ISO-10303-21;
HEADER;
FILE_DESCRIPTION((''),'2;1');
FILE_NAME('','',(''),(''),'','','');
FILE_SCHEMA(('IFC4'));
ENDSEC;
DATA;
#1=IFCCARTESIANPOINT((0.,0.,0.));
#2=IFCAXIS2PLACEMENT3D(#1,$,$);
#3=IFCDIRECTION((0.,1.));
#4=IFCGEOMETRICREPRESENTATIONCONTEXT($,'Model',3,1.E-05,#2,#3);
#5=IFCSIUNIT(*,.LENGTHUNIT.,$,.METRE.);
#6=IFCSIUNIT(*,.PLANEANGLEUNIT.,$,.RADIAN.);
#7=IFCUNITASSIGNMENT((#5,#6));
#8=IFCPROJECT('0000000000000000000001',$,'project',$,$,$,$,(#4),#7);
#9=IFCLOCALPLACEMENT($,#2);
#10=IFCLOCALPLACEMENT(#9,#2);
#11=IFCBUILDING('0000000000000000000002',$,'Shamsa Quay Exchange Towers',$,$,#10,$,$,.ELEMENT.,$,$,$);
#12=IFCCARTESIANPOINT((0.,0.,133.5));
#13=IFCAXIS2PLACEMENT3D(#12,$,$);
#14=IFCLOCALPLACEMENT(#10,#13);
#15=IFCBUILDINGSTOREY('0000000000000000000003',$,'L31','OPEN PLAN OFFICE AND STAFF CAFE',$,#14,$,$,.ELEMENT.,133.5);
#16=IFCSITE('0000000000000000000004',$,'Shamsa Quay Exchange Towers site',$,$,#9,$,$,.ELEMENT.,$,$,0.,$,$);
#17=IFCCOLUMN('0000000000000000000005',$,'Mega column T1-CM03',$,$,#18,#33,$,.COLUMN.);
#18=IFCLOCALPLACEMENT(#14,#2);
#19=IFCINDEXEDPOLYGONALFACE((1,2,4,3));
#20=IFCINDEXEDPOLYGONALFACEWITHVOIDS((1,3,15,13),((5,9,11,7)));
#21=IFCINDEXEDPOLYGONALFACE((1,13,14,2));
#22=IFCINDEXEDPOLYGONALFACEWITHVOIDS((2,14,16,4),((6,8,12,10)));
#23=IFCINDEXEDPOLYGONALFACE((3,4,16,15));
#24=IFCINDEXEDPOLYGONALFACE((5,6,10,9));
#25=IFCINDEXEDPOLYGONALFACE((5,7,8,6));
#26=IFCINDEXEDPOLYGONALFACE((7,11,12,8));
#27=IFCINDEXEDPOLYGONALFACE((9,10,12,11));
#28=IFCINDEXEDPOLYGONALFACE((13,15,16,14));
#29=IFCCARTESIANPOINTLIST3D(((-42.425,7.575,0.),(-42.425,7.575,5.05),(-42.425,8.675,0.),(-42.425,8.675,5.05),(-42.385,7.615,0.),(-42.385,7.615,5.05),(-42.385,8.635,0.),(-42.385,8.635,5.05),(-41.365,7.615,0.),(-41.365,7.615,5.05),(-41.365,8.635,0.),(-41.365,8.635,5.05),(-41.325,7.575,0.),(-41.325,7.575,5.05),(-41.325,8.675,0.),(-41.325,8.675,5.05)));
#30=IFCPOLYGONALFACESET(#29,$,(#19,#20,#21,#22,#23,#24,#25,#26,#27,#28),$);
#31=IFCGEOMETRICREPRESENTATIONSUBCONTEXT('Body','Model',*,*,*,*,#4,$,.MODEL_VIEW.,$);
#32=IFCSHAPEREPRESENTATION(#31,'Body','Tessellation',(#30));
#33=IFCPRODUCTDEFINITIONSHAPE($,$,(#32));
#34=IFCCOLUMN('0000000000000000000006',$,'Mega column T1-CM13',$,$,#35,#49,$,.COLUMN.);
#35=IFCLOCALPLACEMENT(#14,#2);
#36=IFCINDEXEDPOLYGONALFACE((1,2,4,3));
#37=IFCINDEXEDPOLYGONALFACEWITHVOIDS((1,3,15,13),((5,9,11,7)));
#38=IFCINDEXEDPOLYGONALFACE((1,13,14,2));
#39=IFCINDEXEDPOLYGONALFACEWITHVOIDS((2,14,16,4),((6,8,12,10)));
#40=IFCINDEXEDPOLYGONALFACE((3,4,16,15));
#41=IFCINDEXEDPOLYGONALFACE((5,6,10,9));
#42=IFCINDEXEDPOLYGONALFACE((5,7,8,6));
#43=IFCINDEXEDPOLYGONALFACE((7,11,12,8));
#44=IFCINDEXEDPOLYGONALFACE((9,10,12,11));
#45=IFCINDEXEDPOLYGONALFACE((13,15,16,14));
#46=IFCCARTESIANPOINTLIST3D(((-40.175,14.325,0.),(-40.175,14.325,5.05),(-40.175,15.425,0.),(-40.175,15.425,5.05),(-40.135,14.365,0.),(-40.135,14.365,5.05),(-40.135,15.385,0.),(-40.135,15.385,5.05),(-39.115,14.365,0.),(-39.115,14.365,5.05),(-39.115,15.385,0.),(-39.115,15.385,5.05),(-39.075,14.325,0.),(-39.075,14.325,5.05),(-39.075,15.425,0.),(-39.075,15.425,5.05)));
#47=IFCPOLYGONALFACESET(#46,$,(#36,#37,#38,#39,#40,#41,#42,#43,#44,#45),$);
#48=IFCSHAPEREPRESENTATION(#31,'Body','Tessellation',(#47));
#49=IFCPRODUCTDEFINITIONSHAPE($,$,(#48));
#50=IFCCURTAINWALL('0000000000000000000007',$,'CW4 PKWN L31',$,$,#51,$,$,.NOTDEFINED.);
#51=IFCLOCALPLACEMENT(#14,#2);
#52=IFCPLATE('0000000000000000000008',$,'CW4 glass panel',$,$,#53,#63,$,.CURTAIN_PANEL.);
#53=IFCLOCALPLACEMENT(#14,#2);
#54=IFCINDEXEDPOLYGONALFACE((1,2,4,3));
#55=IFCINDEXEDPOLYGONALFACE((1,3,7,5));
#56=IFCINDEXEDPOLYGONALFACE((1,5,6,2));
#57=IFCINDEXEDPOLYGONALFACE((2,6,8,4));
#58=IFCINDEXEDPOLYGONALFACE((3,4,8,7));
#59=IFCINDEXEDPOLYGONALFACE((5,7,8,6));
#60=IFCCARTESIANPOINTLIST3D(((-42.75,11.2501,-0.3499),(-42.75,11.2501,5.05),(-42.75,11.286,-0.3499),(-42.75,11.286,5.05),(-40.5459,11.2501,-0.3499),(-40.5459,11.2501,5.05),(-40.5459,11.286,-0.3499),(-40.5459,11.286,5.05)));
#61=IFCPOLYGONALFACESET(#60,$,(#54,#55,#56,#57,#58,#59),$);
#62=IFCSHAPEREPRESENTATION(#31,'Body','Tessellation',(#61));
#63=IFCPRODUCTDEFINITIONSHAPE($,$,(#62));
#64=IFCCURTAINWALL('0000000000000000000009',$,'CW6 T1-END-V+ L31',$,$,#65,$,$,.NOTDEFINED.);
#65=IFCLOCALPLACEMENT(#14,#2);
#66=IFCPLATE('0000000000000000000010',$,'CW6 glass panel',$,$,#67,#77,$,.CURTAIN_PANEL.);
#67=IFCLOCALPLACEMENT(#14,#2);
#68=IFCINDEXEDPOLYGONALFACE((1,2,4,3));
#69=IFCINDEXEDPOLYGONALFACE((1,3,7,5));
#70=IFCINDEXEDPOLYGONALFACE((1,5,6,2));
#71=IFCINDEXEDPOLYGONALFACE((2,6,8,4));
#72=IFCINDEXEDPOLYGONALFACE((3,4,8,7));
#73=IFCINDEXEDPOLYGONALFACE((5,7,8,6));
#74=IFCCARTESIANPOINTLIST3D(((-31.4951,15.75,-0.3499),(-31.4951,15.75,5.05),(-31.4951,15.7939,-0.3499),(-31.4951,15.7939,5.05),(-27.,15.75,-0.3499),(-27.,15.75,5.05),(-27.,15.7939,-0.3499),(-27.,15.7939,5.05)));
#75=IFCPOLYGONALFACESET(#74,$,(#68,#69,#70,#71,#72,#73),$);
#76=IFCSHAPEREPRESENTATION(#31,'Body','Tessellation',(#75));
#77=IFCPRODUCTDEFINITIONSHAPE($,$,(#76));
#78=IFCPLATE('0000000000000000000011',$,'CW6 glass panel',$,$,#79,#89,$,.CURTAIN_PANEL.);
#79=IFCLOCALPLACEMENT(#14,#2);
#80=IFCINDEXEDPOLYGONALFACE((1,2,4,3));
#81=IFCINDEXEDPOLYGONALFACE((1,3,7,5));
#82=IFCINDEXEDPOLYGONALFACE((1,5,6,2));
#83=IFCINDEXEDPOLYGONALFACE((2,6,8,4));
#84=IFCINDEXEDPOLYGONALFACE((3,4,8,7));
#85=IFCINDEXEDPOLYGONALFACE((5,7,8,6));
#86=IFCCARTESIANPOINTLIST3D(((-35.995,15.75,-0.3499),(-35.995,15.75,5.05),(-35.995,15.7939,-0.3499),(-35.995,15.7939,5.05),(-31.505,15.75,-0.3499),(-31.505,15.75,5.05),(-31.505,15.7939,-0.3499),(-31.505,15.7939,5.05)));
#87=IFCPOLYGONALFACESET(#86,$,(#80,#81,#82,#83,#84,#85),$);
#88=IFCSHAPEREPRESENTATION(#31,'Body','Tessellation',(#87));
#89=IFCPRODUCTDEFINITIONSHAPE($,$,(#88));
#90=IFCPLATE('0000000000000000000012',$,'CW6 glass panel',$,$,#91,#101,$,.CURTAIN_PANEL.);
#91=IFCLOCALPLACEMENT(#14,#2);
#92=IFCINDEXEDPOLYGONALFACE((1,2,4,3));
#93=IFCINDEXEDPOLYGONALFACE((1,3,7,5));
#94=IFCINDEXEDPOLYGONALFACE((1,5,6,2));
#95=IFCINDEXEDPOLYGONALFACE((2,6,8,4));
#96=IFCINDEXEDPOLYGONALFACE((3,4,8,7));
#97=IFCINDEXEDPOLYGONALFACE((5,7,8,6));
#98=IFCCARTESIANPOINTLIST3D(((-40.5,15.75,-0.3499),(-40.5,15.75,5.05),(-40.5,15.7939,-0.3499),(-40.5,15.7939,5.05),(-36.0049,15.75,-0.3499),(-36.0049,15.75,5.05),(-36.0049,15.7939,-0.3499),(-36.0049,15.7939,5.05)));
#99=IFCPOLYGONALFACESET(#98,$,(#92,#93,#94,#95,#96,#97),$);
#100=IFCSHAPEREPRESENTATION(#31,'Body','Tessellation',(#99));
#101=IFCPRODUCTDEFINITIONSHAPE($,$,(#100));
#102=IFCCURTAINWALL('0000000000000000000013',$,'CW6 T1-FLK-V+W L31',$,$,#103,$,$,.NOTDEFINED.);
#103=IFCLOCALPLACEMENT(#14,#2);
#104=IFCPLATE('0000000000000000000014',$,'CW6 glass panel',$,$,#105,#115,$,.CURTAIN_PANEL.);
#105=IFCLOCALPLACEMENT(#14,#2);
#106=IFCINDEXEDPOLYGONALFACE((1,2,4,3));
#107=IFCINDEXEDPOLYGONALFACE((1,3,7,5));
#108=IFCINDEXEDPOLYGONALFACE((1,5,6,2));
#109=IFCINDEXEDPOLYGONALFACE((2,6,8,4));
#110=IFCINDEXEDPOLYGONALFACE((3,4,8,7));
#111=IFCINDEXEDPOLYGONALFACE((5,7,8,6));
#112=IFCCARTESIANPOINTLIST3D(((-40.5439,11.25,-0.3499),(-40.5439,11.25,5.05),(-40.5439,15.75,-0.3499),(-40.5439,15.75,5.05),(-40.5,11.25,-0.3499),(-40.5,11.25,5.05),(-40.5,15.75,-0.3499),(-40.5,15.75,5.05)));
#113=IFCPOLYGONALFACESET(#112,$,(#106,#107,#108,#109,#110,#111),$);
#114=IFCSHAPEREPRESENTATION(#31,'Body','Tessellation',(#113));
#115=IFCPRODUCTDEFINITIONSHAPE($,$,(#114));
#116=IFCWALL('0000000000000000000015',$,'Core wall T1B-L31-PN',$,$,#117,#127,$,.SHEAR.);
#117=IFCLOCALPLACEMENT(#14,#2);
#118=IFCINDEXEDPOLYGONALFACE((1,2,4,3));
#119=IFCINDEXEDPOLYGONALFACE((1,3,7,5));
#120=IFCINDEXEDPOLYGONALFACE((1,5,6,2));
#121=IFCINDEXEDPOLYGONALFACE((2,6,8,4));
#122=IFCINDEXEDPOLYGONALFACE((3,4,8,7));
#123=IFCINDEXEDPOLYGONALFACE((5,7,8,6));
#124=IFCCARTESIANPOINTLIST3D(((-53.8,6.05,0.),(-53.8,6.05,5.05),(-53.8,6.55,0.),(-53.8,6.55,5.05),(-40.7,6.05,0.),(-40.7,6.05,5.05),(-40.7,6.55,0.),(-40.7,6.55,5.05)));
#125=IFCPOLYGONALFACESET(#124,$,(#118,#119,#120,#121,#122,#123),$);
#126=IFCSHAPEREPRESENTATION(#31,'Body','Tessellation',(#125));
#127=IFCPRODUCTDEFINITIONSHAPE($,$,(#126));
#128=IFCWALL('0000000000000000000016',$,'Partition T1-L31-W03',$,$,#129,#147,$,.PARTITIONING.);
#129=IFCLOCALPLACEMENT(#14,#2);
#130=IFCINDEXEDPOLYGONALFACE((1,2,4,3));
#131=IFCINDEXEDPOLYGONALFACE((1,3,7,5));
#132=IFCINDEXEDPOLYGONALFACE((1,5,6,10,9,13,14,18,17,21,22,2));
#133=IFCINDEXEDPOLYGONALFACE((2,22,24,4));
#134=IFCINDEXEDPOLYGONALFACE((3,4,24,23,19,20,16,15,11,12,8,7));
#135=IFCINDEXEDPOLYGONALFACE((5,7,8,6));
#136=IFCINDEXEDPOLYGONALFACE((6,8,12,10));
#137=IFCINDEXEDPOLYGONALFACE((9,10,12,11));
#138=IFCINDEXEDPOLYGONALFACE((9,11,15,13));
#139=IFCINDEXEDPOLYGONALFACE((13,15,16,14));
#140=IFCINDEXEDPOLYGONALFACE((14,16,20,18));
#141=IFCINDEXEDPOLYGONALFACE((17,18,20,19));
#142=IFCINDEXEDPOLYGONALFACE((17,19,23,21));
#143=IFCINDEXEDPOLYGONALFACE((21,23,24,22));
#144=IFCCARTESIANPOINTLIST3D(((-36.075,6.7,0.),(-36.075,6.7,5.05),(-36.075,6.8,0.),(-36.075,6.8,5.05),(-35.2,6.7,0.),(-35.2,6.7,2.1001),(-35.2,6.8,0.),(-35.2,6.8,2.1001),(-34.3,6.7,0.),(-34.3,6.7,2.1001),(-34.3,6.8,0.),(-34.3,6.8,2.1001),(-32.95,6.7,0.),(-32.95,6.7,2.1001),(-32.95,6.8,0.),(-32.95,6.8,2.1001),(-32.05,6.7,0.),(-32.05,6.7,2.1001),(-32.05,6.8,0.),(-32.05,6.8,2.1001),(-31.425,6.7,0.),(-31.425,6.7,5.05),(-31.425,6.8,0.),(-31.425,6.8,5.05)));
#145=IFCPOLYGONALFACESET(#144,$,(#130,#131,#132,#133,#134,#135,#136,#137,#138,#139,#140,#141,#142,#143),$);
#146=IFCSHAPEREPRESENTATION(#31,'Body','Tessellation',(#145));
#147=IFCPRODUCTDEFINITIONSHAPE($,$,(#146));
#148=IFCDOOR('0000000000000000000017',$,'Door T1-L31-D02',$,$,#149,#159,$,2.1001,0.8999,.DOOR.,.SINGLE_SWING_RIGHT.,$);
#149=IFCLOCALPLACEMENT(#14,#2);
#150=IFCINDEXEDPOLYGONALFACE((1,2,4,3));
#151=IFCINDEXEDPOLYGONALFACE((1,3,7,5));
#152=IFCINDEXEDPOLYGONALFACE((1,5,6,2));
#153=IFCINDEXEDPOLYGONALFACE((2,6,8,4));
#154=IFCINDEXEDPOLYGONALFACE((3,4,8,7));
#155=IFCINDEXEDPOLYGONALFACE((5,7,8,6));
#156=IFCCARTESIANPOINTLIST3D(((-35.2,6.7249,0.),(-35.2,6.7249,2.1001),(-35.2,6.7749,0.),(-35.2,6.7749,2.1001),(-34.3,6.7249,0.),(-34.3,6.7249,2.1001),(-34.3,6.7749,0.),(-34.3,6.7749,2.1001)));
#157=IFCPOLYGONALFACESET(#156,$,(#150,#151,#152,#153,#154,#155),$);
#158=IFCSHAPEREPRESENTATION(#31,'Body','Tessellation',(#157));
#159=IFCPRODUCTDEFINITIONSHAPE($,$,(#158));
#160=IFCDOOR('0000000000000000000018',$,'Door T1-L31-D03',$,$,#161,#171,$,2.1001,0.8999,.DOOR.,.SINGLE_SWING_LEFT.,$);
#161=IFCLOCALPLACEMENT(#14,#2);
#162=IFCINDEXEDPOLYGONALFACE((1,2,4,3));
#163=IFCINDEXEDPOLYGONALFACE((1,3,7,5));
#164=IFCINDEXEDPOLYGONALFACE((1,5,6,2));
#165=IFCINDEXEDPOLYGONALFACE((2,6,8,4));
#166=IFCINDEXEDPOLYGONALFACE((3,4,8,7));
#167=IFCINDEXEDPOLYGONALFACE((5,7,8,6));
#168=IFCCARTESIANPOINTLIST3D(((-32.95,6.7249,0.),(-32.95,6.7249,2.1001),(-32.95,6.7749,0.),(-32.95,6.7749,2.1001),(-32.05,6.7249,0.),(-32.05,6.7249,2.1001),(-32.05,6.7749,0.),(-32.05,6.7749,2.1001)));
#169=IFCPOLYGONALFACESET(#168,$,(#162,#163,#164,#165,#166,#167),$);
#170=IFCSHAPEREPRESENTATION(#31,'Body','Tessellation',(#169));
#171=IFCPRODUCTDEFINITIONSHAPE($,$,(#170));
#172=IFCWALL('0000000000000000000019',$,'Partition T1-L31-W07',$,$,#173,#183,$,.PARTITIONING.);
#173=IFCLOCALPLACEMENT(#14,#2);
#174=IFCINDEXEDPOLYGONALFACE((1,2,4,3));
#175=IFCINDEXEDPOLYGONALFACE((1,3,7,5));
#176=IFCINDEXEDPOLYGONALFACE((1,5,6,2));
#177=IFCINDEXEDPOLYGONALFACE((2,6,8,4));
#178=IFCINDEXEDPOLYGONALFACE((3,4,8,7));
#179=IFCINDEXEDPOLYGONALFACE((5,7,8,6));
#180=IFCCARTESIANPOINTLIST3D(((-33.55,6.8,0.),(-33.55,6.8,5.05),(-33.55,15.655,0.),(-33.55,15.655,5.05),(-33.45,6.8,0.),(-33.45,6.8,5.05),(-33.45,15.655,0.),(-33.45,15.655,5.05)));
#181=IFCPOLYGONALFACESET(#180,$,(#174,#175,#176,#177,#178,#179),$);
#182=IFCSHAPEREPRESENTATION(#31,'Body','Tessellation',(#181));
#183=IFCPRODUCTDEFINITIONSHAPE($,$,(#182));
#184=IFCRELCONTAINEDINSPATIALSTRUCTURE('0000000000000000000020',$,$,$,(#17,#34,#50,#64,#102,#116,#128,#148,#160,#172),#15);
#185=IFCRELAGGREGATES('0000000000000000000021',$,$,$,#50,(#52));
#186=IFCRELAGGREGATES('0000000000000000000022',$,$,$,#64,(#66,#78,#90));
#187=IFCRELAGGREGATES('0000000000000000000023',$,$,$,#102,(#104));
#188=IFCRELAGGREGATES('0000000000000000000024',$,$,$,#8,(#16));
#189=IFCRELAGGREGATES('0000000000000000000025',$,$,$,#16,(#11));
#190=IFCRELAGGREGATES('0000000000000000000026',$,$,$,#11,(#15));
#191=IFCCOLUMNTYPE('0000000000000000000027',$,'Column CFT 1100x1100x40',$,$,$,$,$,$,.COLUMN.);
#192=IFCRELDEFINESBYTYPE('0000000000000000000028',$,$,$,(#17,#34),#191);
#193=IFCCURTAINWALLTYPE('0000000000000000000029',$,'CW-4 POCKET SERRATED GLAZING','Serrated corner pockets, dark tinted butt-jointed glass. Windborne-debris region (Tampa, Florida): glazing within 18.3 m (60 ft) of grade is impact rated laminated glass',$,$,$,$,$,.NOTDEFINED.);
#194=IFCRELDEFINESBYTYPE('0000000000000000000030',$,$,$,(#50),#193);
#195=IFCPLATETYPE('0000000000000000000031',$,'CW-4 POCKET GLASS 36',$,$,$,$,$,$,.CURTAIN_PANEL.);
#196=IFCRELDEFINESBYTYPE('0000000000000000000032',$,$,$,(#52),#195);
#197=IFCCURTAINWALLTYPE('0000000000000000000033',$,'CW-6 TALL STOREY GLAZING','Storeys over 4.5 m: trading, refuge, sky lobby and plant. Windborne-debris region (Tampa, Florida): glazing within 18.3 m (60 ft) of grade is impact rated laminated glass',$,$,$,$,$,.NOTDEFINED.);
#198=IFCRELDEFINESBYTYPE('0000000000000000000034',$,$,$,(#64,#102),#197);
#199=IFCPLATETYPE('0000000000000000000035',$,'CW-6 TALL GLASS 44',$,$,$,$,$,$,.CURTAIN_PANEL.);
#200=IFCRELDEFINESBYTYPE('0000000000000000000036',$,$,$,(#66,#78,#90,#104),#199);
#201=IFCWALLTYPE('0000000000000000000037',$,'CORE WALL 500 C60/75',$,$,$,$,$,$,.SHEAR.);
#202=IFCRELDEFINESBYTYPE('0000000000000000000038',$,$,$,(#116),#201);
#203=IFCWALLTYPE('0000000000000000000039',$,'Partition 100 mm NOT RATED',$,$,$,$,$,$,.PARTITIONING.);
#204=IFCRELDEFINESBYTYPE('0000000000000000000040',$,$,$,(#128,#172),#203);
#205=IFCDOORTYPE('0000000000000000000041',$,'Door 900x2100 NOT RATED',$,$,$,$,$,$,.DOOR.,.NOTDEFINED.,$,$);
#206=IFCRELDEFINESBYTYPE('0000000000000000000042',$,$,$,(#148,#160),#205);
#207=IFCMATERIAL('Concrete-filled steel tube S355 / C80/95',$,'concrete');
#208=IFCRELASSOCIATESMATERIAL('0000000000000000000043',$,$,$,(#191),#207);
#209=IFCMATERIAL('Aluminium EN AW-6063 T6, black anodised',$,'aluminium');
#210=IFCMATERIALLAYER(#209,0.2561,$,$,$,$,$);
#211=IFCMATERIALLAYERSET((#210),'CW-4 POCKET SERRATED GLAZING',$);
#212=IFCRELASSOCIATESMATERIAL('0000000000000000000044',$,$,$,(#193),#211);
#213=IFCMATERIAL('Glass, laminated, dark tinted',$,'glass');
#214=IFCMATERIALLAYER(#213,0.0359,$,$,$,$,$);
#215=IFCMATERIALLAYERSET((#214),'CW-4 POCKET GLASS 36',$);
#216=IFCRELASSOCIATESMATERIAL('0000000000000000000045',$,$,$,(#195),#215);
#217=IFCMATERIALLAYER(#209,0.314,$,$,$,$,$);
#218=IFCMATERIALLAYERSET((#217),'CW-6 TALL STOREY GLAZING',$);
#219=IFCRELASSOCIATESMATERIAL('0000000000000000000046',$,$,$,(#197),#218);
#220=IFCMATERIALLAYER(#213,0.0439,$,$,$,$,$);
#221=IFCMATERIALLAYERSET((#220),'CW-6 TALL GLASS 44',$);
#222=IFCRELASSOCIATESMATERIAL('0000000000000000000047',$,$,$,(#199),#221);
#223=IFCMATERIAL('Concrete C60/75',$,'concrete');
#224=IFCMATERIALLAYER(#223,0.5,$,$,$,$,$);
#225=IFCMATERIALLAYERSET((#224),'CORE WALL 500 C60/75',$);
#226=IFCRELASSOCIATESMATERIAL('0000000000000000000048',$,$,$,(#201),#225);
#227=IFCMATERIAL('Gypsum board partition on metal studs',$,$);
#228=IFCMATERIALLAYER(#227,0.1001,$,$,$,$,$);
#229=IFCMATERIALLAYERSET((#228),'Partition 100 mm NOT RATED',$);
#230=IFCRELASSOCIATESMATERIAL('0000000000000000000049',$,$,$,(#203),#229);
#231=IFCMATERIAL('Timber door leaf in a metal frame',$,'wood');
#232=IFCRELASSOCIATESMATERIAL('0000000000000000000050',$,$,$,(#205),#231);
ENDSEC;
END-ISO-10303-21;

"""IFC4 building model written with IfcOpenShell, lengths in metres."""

from ifc_helpers import new_model, si_unit, direction, frame, frame_2d, origin, origin_2d, place, context, subcontext, project, spatial, rectangle, hollow_rectangle, extrude, material, layer, layer_set, material_profile, profile_set, type_object, element, fill, aggregate, save


model = new_model("IFC4")

# Units and contexts
model_context = context("Model", 3, precision=1e-05, world=origin(), true_north=direction((0.0, 1.0)))
body_context = subcontext(model_context, "Body", "Model", "MODEL_VIEW")
ifc_project = project(units=[si_unit("LENGTHUNIT", "METRE"), si_unit("PLANEANGLEUNIT", "RADIAN")], contexts=[model_context])

# Site, building, storey
site_placement = place(None, origin())
site = spatial("IfcSite", under=ifc_project, at=site_placement, Name="Shamsa Quay Exchange Towers site", CompositionType="ELEMENT", RefElevation=0.0)
building_placement = place(site_placement, origin())
building = spatial("IfcBuilding", under=site, at=building_placement, Name="Shamsa Quay Exchange Towers", CompositionType="ELEMENT")
storey_placement = place(building_placement, frame((0.0, 0.0, 133.5)))
storey = spatial("IfcBuildingStorey", under=building, at=storey_placement, Name="L31", Description="OPEN PLAN OFFICE AND STAFF CAFE", CompositionType="ELEMENT", Elevation=133.5)

# Columns
ifc_material_1 = material(Name="Concrete-filled steel tube S355 / C80/95", Category="concrete")
ifc_material_profile = material_profile(ifc_material_1, hollow_rectangle(XDim=1.1001, YDim=1.1001, WallThickness=0.04, at=origin_2d()), Name="CFT 1100x1100x40")
ifc_profile_set = profile_set([ifc_material_profile], Name="Concrete-filled steel tube S355 / C80/95")
column_type = type_object("IfcColumnType", Name="Column CFT 1100x1100x40", PredefinedType="COLUMN", material=ifc_profile_set)
for number, where, name in (
    (1, (-41.875, 8.125, 0.0), "Mega column T1-CM03"),
    (2, (-39.625, 14.875, 0.0), "Mega column T1-CM13"),
):
    element("IfcColumn", number, at=place(storey_placement, frame(where)), inside=storey, type_object=column_type, Name=name, PredefinedType="COLUMN", context=body_context, shape_type="SweptSolid", body=[
        extrude(hollow_rectangle(XDim=1.1001, YDim=1.1001, WallThickness=0.04, at=origin_2d()), origin(), (0.0, 0.0, 1.0), 5.05),
    ])

# Curtain wall, plate
ifc_material_2 = material(Name="Aluminium EN AW-6063 T6, black anodised", Category="aluminium")
ifc_layer_1 = layer(ifc_material_2, 0.2561)
ifc_layer_set_1 = layer_set([ifc_layer_1], Name="CW-4 POCKET SERRATED GLAZING")
curtain_wall_type_1 = type_object("IfcCurtainWallType", Name="CW-4 POCKET SERRATED GLAZING", Description="Serrated corner pockets, dark tinted butt-jointed glass. Windborne-debris region (Tampa, Florida): glazing within 18.3 m (60 ft) of grade is impact rated laminated glass", PredefinedType="NOTDEFINED", material=ifc_layer_set_1)
curtain_wall_1_placement = place(storey_placement, origin())
curtain_wall_1 = element("IfcCurtainWall", 3, at=curtain_wall_1_placement, inside=storey, type_object=curtain_wall_type_1, Name="CW4 PKWN L31", PredefinedType="NOTDEFINED")
ifc_material_3 = material(Name="Glass, laminated, dark tinted", Category="glass")
ifc_layer_2 = layer(ifc_material_3, 0.0359)
ifc_layer_set_2 = layer_set([ifc_layer_2], Name="CW-4 POCKET GLASS 36")
plate_type_1 = type_object("IfcPlateType", Name="CW-4 POCKET GLASS 36", PredefinedType="CURTAIN_PANEL", material=ifc_layer_set_2)
plate_1_placement = place(storey_placement, frame((-41.6479, 11.2681, -0.3499), z_axis=(0.0, 0.0, 1.0), x_axis=(-1.0, 0.0, 0.0)))
plate_1 = element("IfcPlate", 4, at=plate_1_placement, type_object=plate_type_1, Name="CW4 glass panel", PredefinedType="CURTAIN_PANEL", context=body_context, shape_type="SweptSolid", body=[
    extrude(rectangle(XDim=2.2041, YDim=0.0359, at=origin_2d()), origin(), (0.0, 0.0, 1.0), 5.3999),
])
aggregate(curtain_wall_1, [plate_1])

# Curtain wall, plates
ifc_layer_3 = layer(ifc_material_2, 0.314)
ifc_layer_set_3 = layer_set([ifc_layer_3], Name="CW-6 TALL STOREY GLAZING")
curtain_wall_type_2 = type_object("IfcCurtainWallType", Name="CW-6 TALL STOREY GLAZING", Description="Storeys over 4.5 m: trading, refuge, sky lobby and plant. Windborne-debris region (Tampa, Florida): glazing within 18.3 m (60 ft) of grade is impact rated laminated glass", PredefinedType="NOTDEFINED", material=ifc_layer_set_3)
curtain_wall_2_placement = place(storey_placement, origin())
curtain_wall_2 = element("IfcCurtainWall", 5, at=curtain_wall_2_placement, inside=storey, type_object=curtain_wall_type_2, Name="CW6 T1-END-V+ L31", PredefinedType="NOTDEFINED")
ifc_layer_4 = layer(ifc_material_3, 0.0439)
ifc_layer_set_4 = layer_set([ifc_layer_4], Name="CW-6 TALL GLASS 44")
plate_type_2 = type_object("IfcPlateType", Name="CW-6 TALL GLASS 44", PredefinedType="CURTAIN_PANEL", material=ifc_layer_set_4)
plate_2_placement = place(storey_placement, frame((-29.2476, 15.772, -0.3499), z_axis=(0.0, 0.0, 1.0), x_axis=(-1.0, 0.0, 0.0)))
plate_2 = element("IfcPlate", 6, at=plate_2_placement, type_object=plate_type_2, Name="CW6 glass panel", PredefinedType="CURTAIN_PANEL", context=body_context, shape_type="SweptSolid", body=[
    extrude(rectangle(XDim=4.4951, YDim=0.0439, at=origin_2d()), origin(), (0.0, 0.0, 1.0), 5.3999),
])
plate_3_placement = place(storey_placement, frame((-33.75, 15.772, -0.3499), z_axis=(0.0, 0.0, 1.0), x_axis=(-1.0, 0.0, 0.0)))
plate_3 = element("IfcPlate", 7, at=plate_3_placement, type_object=plate_type_2, Name="CW6 glass panel", PredefinedType="CURTAIN_PANEL", context=body_context, shape_type="SweptSolid", body=[
    extrude(rectangle(XDim=4.49, YDim=0.0439, at=origin_2d()), origin(), (0.0, 0.0, 1.0), 5.3999),
])
plate_4_placement = place(storey_placement, frame((-38.2524, 15.772, -0.3499), z_axis=(0.0, 0.0, 1.0), x_axis=(-1.0, 0.0, 0.0)))
plate_4 = element("IfcPlate", 8, at=plate_4_placement, type_object=plate_type_2, Name="CW6 glass panel", PredefinedType="CURTAIN_PANEL", context=body_context, shape_type="SweptSolid", body=[
    extrude(rectangle(XDim=4.4951, YDim=0.0439, at=origin_2d()), origin(), (0.0, 0.0, 1.0), 5.3999),
])
aggregate(curtain_wall_2, [plate_2, plate_3, plate_4])

# Curtain wall, plate
curtain_wall_3_placement = place(storey_placement, origin())
curtain_wall_3 = element("IfcCurtainWall", 9, at=curtain_wall_3_placement, inside=storey, type_object=curtain_wall_type_2, Name="CW6 T1-FLK-V+W L31", PredefinedType="NOTDEFINED")
plate_5_placement = place(storey_placement, frame((-40.522, 13.5, -0.3499), z_axis=(0.0, 0.0, 1.0), x_axis=(0.0, -1.0, 0.0)))
plate_5 = element("IfcPlate", 10, at=plate_5_placement, type_object=plate_type_2, Name="CW6 glass panel", PredefinedType="CURTAIN_PANEL", context=body_context, shape_type="SweptSolid", body=[
    extrude(rectangle(XDim=4.5, YDim=0.0439, at=origin_2d()), origin(), (0.0, 0.0, 1.0), 5.3999),
])
aggregate(curtain_wall_3, [plate_5])

# Wall
ifc_material_4 = material(Name="Concrete C60/75", Category="concrete")
ifc_layer_5 = layer(ifc_material_4, 0.5)
ifc_layer_set_5 = layer_set([ifc_layer_5], Name="CORE WALL 500 C60/75")
wall_type_1 = type_object("IfcWallType", Name="CORE WALL 500 C60/75", PredefinedType="SHEAR", material=ifc_layer_set_5)
wall_1_placement = place(storey_placement, frame((-40.7, 6.3, 0.0), z_axis=(0.0, 0.0, 1.0), x_axis=(-1.0, 0.0, 0.0)))
element("IfcWall", 11, at=wall_1_placement, inside=storey, type_object=wall_type_1, Name="Core wall T1B-L31-PN", PredefinedType="SHEAR", context=body_context, shape_type="SweptSolid", body=[
    extrude(rectangle(XDim=13.1001, YDim=0.5, at=frame_2d((6.55, 0.0))), origin(), (0.0, 0.0, 1.0), 5.05),
])

# Wall, openings, doors
ifc_material_5 = material(Name="Gypsum board partition on metal studs")
ifc_layer_6 = layer(ifc_material_5, 0.1001)
ifc_layer_set_6 = layer_set([ifc_layer_6], Name="Partition 100 mm NOT RATED")
wall_type_2 = type_object("IfcWallType", Name="Partition 100 mm NOT RATED", PredefinedType="PARTITIONING", material=ifc_layer_set_6)
wall_2_placement = place(storey_placement, frame((-36.075, 6.75, 0.0)))
wall_2 = element("IfcWall", 12, at=wall_2_placement, inside=storey, type_object=wall_type_2, Name="Partition T1-L31-W03", PredefinedType="PARTITIONING", context=body_context, shape_type="SweptSolid", body=[
    extrude(rectangle(XDim=4.6499, YDim=0.1001, at=frame_2d((2.325, 0.0))), origin(), (0.0, 0.0, 1.0), 5.05),
])
opening_1_placement = place(wall_2_placement, frame((0.875, 0.0, 0.0)))
opening_1 = element("IfcOpeningElement", 13, at=opening_1_placement, cuts=wall_2, PredefinedType="OPENING", context=body_context, shape_type="SweptSolid", body=[
    extrude(rectangle(XDim=0.8999, YDim=2.1001, at=frame_2d((0.45, 1.05))), frame((0.0, 0.0601, 0.0), z_axis=(0.0, -1.0, 0.0), x_axis=(1.0, 0.0, 0.0)), (0.0, 0.0, 1.0), 0.1201),
])
opening_2_placement = place(wall_2_placement, frame((3.125, 0.0, 0.0)))
opening_2 = element("IfcOpeningElement", 14, at=opening_2_placement, cuts=wall_2, PredefinedType="OPENING", context=body_context, shape_type="SweptSolid", body=[
    extrude(rectangle(XDim=0.8999, YDim=2.1001, at=frame_2d((0.45, 1.05))), frame((0.0, 0.0601, 0.0), z_axis=(0.0, -1.0, 0.0), x_axis=(1.0, 0.0, 0.0)), (0.0, 0.0, 1.0), 0.1201),
])
ifc_material_6 = material(Name="Timber door leaf in a metal frame", Category="wood")
door_type_1 = type_object("IfcDoorType", Name="Door 900x2100 NOT RATED", OperationType="NOTDEFINED", PredefinedType="DOOR", material=ifc_material_6)
door_1_placement = place(opening_1_placement, origin())
door_1 = element("IfcDoor", 15, at=door_1_placement, inside=storey, type_object=door_type_1, Name="Door T1-L31-D02", OperationType="SINGLE_SWING_RIGHT", OverallHeight=2.1001, OverallWidth=0.8999, PredefinedType="DOOR", context=body_context, shape_type="SweptSolid", body=[
    extrude(rectangle(XDim=0.8999, YDim=2.1001, at=frame_2d((0.45, 1.05))), frame((0.0, 0.0249, 0.0), z_axis=(0.0, -1.0, 0.0), x_axis=(1.0, 0.0, 0.0)), (0.0, 0.0, 1.0), 0.05),
])
fill(opening_1, door_1)
door_2_placement = place(opening_2_placement, origin())
door_2 = element("IfcDoor", 16, at=door_2_placement, inside=storey, type_object=door_type_1, Name="Door T1-L31-D03", OperationType="SINGLE_SWING_LEFT", OverallHeight=2.1001, OverallWidth=0.8999, PredefinedType="DOOR", context=body_context, shape_type="SweptSolid", body=[
    extrude(rectangle(XDim=0.8999, YDim=2.1001, at=frame_2d((0.45, 1.05))), frame((0.0, 0.0249, 0.0), z_axis=(0.0, -1.0, 0.0), x_axis=(1.0, 0.0, 0.0)), (0.0, 0.0, 1.0), 0.05),
])
fill(opening_2, door_2)

# Wall
wall_3_placement = place(storey_placement, frame((-33.5, 6.8, 0.0), z_axis=(0.0, 0.0, 1.0), x_axis=(0.0, 1.0, 0.0)))
element("IfcWall", 17, at=wall_3_placement, inside=storey, type_object=wall_type_2, Name="Partition T1-L31-W07", PredefinedType="PARTITIONING", context=body_context, shape_type="SweptSolid", body=[
    extrude(rectangle(XDim=8.855, YDim=0.1001, at=frame_2d((4.4275, 0.0))), origin(), (0.0, 0.0, 1.0), 5.05),
])

save(model, "model.ifc")
